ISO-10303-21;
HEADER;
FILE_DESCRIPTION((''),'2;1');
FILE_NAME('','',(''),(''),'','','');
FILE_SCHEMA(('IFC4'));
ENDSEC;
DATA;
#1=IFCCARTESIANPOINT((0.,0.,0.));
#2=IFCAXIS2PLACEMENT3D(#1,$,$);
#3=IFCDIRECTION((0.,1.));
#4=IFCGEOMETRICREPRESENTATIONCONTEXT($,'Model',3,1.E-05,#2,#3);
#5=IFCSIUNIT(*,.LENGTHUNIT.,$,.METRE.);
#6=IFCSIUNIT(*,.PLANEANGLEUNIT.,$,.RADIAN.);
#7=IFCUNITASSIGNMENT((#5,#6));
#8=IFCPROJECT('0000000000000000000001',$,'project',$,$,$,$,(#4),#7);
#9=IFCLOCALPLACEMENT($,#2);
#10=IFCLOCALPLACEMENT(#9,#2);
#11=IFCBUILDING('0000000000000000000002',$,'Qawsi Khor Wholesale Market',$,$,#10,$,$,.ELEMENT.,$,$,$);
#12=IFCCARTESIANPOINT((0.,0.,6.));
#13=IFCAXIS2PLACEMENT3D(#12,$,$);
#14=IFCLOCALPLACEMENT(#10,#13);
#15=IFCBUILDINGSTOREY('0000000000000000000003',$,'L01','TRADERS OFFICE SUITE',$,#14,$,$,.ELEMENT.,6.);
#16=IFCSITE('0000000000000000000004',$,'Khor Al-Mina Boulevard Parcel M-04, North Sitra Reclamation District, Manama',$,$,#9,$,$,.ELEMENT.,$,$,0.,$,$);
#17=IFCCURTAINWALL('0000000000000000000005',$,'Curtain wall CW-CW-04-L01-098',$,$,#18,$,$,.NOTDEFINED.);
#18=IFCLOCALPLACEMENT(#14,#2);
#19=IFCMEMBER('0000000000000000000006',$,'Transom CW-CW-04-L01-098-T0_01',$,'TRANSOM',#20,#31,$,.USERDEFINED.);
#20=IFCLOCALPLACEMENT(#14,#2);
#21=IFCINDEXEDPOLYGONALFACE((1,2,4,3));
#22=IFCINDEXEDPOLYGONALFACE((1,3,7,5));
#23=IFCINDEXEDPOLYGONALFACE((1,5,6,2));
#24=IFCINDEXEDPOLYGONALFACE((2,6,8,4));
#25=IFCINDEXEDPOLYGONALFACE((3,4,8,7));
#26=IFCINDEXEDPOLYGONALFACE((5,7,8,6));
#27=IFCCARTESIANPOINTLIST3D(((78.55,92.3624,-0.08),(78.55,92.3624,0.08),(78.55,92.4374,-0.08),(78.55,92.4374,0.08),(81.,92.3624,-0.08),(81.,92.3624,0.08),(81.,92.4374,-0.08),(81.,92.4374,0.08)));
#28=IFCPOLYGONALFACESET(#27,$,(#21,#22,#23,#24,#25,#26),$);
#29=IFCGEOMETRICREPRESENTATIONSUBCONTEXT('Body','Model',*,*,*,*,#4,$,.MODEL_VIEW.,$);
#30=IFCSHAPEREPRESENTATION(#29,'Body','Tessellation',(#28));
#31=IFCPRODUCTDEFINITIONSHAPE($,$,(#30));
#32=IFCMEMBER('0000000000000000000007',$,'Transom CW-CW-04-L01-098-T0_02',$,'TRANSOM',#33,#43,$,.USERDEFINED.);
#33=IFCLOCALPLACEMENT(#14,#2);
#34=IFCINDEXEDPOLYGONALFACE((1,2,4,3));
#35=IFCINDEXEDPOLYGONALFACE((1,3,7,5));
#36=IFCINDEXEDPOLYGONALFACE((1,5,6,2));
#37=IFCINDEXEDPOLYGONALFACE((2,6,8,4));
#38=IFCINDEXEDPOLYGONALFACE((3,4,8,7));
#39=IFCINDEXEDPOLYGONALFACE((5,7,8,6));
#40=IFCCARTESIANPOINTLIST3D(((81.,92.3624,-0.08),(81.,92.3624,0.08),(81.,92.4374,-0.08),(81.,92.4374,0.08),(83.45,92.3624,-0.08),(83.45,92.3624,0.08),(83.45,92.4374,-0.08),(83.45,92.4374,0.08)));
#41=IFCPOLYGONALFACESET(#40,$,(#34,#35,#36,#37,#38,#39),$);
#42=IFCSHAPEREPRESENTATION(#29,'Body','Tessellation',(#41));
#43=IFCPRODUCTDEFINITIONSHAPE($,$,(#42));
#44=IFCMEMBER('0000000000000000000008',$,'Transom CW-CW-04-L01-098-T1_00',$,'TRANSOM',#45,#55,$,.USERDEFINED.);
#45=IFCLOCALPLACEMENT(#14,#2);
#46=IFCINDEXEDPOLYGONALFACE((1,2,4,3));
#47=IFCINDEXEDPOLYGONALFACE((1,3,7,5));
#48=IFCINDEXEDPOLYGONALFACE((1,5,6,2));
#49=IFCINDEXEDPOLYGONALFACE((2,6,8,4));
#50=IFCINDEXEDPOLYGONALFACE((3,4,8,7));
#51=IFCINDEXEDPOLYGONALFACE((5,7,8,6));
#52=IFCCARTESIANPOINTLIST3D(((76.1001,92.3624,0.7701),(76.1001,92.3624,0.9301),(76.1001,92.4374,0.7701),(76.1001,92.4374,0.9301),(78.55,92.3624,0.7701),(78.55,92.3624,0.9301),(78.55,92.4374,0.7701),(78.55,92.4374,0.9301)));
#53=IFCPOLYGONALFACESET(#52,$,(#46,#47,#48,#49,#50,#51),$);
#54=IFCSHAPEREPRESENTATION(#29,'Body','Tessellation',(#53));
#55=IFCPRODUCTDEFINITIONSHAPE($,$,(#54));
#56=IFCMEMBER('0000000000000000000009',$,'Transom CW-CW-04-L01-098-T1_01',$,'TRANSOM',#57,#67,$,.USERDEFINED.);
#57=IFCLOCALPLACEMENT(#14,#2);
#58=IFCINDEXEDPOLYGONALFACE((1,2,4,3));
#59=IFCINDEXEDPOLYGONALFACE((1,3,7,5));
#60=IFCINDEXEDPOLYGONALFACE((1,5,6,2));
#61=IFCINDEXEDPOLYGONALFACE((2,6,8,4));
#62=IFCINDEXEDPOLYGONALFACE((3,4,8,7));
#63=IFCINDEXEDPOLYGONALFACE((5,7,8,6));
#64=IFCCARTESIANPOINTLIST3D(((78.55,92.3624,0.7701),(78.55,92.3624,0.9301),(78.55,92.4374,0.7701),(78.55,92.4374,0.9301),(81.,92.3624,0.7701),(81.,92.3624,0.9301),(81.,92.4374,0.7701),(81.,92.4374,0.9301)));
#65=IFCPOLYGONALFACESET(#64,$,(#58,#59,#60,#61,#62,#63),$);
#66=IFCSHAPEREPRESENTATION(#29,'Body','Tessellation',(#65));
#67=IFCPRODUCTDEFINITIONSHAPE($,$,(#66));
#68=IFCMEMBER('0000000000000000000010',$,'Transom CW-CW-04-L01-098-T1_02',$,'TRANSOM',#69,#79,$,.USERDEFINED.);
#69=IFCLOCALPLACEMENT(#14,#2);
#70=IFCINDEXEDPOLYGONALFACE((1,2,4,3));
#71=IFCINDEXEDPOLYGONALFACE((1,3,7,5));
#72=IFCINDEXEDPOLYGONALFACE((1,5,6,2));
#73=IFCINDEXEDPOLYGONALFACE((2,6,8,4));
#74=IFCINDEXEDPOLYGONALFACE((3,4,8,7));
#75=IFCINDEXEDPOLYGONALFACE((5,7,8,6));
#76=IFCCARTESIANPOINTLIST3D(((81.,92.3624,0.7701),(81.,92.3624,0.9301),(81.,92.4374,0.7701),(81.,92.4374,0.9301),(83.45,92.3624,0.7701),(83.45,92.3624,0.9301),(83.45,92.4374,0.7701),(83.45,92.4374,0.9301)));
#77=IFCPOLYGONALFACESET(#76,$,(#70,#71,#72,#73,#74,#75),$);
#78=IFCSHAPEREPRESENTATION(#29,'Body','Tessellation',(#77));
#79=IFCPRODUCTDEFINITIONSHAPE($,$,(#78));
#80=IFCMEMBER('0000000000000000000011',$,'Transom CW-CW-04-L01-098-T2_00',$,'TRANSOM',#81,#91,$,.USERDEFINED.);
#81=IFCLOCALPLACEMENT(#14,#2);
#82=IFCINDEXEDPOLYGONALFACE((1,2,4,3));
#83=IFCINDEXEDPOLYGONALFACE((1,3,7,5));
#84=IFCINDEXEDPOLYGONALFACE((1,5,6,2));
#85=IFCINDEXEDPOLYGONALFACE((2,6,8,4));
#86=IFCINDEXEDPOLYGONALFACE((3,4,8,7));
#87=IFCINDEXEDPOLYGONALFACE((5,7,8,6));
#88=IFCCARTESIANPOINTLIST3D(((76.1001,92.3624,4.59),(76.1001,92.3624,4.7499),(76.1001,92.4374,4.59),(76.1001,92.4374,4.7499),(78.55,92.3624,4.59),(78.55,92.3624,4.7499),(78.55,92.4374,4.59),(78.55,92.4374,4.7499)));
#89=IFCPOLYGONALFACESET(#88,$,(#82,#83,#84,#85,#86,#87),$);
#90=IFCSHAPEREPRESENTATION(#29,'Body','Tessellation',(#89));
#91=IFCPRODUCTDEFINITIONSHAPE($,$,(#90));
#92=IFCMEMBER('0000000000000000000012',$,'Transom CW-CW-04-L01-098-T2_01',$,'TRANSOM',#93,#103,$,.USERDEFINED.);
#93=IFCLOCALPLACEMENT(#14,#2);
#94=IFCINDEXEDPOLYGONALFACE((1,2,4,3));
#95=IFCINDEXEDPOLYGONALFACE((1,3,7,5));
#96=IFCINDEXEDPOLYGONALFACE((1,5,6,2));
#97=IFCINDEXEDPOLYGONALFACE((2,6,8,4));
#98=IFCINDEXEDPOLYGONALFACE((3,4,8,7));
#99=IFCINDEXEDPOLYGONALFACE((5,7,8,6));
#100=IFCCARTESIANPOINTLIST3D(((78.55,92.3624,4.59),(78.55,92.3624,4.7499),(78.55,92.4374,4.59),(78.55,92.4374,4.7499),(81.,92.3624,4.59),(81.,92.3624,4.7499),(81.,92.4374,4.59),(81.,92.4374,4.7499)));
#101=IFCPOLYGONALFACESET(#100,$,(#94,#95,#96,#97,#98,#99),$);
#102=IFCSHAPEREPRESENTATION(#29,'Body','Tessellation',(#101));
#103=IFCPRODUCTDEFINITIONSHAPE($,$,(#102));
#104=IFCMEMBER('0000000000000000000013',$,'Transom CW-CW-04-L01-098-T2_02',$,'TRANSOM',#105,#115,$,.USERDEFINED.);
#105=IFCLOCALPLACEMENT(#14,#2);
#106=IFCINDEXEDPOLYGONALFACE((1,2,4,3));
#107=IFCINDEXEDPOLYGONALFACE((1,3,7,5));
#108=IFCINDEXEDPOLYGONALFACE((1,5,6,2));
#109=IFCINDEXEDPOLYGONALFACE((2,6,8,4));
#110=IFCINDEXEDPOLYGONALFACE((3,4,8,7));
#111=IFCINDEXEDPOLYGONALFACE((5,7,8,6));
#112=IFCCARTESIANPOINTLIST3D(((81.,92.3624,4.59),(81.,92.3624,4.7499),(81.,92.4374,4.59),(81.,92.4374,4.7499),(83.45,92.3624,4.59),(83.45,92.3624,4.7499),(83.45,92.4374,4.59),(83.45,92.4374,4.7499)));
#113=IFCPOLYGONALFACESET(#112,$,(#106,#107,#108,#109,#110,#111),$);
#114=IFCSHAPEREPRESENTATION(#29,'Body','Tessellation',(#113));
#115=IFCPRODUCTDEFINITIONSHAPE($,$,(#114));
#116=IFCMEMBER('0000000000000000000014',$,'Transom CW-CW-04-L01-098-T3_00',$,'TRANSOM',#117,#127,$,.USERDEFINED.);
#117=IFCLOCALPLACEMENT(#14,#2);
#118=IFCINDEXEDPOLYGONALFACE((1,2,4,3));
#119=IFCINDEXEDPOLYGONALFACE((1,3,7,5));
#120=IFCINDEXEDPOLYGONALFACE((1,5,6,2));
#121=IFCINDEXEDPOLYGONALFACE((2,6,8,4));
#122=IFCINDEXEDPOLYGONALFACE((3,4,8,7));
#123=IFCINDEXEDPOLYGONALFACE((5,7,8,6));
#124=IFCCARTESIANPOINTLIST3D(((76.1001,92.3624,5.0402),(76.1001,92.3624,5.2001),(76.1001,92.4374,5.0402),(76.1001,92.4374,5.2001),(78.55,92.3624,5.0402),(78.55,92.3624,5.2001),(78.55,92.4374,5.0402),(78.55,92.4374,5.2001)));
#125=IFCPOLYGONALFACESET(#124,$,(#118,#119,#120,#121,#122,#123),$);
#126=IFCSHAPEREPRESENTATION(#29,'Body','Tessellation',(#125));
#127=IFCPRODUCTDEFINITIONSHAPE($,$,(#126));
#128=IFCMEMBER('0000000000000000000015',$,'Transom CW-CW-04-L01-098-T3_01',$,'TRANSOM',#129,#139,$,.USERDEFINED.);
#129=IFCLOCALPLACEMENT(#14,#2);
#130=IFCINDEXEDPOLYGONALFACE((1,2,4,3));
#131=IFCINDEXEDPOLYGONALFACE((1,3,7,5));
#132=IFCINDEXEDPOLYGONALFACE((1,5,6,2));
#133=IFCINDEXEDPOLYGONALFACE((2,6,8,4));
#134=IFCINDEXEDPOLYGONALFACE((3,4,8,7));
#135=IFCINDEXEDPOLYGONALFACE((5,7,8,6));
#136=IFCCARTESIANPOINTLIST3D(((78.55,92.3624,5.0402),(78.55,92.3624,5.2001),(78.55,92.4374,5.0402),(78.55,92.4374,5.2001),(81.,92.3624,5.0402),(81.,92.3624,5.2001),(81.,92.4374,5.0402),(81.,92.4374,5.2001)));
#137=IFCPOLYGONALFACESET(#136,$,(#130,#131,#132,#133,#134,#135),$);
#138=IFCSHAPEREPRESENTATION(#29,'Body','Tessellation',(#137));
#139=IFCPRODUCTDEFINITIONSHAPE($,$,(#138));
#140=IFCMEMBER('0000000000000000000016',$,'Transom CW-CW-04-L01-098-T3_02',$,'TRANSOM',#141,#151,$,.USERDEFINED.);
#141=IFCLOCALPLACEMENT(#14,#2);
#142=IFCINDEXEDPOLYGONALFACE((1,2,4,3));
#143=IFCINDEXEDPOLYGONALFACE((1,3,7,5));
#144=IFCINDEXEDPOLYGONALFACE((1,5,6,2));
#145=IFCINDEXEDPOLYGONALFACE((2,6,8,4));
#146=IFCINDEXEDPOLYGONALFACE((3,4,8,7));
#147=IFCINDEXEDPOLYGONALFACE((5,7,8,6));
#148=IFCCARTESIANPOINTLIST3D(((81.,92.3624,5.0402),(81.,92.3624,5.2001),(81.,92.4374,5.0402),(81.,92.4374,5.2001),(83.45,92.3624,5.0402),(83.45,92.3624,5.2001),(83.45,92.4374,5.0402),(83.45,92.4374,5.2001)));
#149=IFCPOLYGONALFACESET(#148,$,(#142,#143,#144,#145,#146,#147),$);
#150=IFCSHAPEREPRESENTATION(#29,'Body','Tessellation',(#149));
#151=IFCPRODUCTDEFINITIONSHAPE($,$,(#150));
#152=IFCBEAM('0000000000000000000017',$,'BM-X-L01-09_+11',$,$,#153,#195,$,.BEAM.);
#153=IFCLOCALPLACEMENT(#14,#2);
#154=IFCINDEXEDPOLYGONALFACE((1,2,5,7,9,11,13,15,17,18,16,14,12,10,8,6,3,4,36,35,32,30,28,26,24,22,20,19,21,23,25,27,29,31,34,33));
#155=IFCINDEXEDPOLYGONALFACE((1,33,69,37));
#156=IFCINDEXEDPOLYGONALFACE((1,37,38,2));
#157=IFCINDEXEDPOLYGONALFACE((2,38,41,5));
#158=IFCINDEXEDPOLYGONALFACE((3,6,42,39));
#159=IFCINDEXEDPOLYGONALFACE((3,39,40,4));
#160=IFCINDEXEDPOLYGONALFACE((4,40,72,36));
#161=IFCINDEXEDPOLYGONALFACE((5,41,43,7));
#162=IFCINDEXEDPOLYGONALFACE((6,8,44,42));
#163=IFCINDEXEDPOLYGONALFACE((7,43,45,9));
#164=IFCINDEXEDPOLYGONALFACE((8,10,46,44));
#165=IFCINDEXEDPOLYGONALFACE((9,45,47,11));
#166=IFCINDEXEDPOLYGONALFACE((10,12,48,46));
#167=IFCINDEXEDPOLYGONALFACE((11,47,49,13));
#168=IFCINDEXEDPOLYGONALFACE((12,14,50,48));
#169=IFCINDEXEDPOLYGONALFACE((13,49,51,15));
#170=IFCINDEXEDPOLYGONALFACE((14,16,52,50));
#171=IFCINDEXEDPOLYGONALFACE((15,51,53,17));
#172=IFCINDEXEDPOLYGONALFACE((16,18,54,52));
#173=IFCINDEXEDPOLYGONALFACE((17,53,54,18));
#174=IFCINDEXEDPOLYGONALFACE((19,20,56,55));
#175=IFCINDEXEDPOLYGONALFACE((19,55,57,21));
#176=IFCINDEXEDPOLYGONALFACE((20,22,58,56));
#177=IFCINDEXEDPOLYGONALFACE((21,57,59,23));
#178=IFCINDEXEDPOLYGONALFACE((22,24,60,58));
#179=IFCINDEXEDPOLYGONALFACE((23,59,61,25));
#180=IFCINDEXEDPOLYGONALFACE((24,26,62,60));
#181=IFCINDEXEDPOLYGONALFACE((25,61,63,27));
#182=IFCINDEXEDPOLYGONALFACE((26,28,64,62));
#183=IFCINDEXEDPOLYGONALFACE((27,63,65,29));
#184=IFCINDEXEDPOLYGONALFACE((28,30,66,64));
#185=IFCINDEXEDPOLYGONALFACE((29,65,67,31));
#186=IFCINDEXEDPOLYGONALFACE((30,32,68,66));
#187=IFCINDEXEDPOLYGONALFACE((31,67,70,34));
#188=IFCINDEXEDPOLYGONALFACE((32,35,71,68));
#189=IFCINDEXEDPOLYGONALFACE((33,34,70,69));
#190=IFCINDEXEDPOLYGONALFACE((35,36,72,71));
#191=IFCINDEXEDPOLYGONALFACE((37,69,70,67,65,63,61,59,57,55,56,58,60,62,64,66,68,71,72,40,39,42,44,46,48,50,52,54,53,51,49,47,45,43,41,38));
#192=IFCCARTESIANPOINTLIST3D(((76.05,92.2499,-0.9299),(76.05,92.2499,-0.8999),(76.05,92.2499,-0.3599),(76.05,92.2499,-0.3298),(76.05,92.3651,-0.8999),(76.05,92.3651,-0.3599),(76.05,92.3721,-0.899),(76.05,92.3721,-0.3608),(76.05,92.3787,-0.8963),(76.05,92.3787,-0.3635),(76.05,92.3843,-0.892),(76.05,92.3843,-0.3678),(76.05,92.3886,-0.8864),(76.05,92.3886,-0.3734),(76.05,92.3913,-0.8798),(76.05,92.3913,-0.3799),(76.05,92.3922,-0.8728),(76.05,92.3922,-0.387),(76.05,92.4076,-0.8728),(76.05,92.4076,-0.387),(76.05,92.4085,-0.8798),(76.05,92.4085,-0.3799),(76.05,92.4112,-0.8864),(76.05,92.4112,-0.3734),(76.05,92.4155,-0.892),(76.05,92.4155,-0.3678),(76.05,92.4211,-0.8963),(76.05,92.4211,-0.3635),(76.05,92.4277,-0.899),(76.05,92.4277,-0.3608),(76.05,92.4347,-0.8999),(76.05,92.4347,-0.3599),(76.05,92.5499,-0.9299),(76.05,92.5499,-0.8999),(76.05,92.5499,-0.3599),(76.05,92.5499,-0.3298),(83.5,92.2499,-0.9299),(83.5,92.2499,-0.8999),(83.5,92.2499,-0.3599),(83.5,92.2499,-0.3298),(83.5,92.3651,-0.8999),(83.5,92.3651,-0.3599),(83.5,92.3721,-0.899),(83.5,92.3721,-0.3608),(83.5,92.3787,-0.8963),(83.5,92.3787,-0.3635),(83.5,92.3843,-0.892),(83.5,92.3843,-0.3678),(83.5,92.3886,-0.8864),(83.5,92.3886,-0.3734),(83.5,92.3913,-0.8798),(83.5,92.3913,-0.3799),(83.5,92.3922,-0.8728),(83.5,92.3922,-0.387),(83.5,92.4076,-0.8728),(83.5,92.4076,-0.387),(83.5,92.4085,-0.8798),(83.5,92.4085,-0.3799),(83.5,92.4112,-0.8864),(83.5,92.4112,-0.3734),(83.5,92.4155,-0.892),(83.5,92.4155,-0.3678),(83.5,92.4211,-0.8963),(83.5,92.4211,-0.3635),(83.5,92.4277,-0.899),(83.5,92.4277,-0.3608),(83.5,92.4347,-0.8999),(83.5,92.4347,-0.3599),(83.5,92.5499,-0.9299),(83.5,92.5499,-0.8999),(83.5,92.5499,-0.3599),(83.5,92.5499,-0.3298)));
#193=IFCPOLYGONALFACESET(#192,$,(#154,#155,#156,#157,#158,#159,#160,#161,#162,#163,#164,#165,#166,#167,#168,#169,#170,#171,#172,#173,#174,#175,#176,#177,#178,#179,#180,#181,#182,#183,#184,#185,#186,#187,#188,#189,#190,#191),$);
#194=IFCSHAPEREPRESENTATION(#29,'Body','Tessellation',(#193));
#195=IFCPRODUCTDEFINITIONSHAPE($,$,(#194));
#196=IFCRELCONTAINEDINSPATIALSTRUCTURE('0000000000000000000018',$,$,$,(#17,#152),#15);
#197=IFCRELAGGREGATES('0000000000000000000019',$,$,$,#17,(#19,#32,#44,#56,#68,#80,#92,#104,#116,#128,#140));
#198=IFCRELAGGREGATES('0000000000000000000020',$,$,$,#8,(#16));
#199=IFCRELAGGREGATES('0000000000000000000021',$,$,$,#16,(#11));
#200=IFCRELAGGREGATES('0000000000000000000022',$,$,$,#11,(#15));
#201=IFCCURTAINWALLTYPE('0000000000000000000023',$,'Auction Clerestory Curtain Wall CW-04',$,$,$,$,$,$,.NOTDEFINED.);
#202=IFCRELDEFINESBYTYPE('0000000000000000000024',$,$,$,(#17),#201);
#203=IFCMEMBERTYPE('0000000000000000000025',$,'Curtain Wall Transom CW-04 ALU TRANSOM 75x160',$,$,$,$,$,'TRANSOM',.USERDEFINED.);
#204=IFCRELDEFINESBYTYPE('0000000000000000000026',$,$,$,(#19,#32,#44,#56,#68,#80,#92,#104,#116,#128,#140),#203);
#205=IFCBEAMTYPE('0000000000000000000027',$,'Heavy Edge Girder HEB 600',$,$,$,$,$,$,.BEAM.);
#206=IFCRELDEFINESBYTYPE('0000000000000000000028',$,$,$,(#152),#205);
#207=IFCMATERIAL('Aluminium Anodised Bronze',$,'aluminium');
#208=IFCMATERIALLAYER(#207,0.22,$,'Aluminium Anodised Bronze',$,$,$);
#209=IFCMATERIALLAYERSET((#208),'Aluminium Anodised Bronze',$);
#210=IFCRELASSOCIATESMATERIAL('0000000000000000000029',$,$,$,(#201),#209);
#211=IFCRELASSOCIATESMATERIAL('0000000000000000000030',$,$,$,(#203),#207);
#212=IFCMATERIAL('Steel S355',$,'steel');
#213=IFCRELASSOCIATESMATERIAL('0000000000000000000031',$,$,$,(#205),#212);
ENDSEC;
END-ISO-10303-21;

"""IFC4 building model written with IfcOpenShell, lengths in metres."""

from ifc_helpers import new_model, si_unit, direction, frame, origin, origin_2d, place, context, subcontext, project, spatial, rectangle, i_section, extrude, material, layer, layer_set, material_profile, profile_set, type_object, element, aggregate, save


model = new_model("IFC4")

# Units and contexts
model_context = context("Model", 3, precision=1e-05, world=origin(), true_north=direction((0.0, 1.0)))
body_context = subcontext(model_context, "Body", "Model", "MODEL_VIEW")
ifc_project = project(units=[si_unit("LENGTHUNIT", "METRE"), si_unit("PLANEANGLEUNIT", "RADIAN")], contexts=[model_context])

# Site, building, storey
site_placement = place(None, origin())
site = spatial("IfcSite", under=ifc_project, at=site_placement, Name="Khor Al-Mina Boulevard Parcel M-04, North Sitra Reclamation District, Manama", CompositionType="ELEMENT", RefElevation=0.0)
building_placement = place(site_placement, origin())
building = spatial("IfcBuilding", under=site, at=building_placement, Name="Qawsi Khor Wholesale Market", CompositionType="ELEMENT")
storey_placement = place(building_placement, frame((0.0, 0.0, 6.0)))
storey = spatial("IfcBuildingStorey", under=building, at=storey_placement, Name="L01", Description="TRADERS OFFICE SUITE", CompositionType="ELEMENT", Elevation=6.0)

# Curtain wall
ifc_material_1 = material(Name="Aluminium Anodised Bronze", Category="aluminium")
ifc_layer_1 = layer(ifc_material_1, 0.22, Name="Aluminium Anodised Bronze")
ifc_layer_set_1 = layer_set([ifc_layer_1], Name="Aluminium Anodised Bronze")
curtain_wall_type_1 = type_object("IfcCurtainWallType", Name="Auction Clerestory Curtain Wall CW-04", PredefinedType="NOTDEFINED", material=ifc_layer_set_1)
curtain_wall_1_placement = place(storey_placement, origin())
curtain_wall_1 = element("IfcCurtainWall", 1, at=curtain_wall_1_placement, inside=storey, type_object=curtain_wall_type_1, Name="Curtain wall CW-CW-04-L01-098", PredefinedType="NOTDEFINED")

# Members
ifc_material_profile_1 = material_profile(ifc_material_1, rectangle(XDim=0.075, YDim=0.1599, at=origin_2d()), Name="ALU TRANSOM 75x160")
ifc_profile_set_1 = profile_set([ifc_material_profile_1], Name="Aluminium Anodised Bronze")
member_type_1 = type_object("IfcMemberType", Name="Curtain Wall Transom CW-04 ALU TRANSOM 75x160", ElementType="TRANSOM", PredefinedType="USERDEFINED", material=ifc_profile_set_1)
member_1_placement = place(storey_placement, frame((78.55, 92.3999, 0.0), z_axis=(1.0, 0.0, 0.0), x_axis=(0.0, 1.0, 0.0)))
member_1 = element("IfcMember", 2, at=member_1_placement, type_object=member_type_1, Name="Transom CW-CW-04-L01-098-T0_01", ObjectType="TRANSOM", PredefinedType="USERDEFINED", context=body_context, shape_type="SweptSolid", body=[
    extrude(rectangle(XDim=0.075, YDim=0.1599, at=origin_2d()), origin(), (0.0, 0.0, 1.0), 2.45),
])
member_2_placement = place(storey_placement, frame((81.0, 92.3999, 0.0), z_axis=(1.0, 0.0, 0.0), x_axis=(0.0, 1.0, 0.0)))
member_2 = element("IfcMember", 3, at=member_2_placement, type_object=member_type_1, Name="Transom CW-CW-04-L01-098-T0_02", ObjectType="TRANSOM", PredefinedType="USERDEFINED", context=body_context, shape_type="SweptSolid", body=[
    extrude(rectangle(XDim=0.075, YDim=0.1599, at=origin_2d()), origin(), (0.0, 0.0, 1.0), 2.45),
])
member_3_placement = place(storey_placement, frame((76.1001, 92.3999, 0.8501), z_axis=(1.0, 0.0, 0.0), x_axis=(0.0, 1.0, 0.0)))
member_3 = element("IfcMember", 4, at=member_3_placement, type_object=member_type_1, Name="Transom CW-CW-04-L01-098-T1_00", ObjectType="TRANSOM", PredefinedType="USERDEFINED", context=body_context, shape_type="SweptSolid", body=[
    extrude(rectangle(XDim=0.075, YDim=0.1599, at=origin_2d()), origin(), (0.0, 0.0, 1.0), 2.45),
])
member_4_placement = place(storey_placement, frame((78.55, 92.3999, 0.8501), z_axis=(1.0, 0.0, 0.0), x_axis=(0.0, 1.0, 0.0)))
member_4 = element("IfcMember", 5, at=member_4_placement, type_object=member_type_1, Name="Transom CW-CW-04-L01-098-T1_01", ObjectType="TRANSOM", PredefinedType="USERDEFINED", context=body_context, shape_type="SweptSolid", body=[
    extrude(rectangle(XDim=0.075, YDim=0.1599, at=origin_2d()), origin(), (0.0, 0.0, 1.0), 2.45),
])
member_5_placement = place(storey_placement, frame((81.0, 92.3999, 0.8501), z_axis=(1.0, 0.0, 0.0), x_axis=(0.0, 1.0, 0.0)))
member_5 = element("IfcMember", 6, at=member_5_placement, type_object=member_type_1, Name="Transom CW-CW-04-L01-098-T1_02", ObjectType="TRANSOM", PredefinedType="USERDEFINED", context=body_context, shape_type="SweptSolid", body=[
    extrude(rectangle(XDim=0.075, YDim=0.1599, at=origin_2d()), origin(), (0.0, 0.0, 1.0), 2.45),
])
member_6_placement = place(storey_placement, frame((76.1001, 92.3999, 4.6699), z_axis=(1.0, 0.0, 0.0), x_axis=(0.0, 1.0, 0.0)))
member_6 = element("IfcMember", 7, at=member_6_placement, type_object=member_type_1, Name="Transom CW-CW-04-L01-098-T2_00", ObjectType="TRANSOM", PredefinedType="USERDEFINED", context=body_context, shape_type="SweptSolid", body=[
    extrude(rectangle(XDim=0.075, YDim=0.1599, at=origin_2d()), origin(), (0.0, 0.0, 1.0), 2.45),
])
member_7_placement = place(storey_placement, frame((78.55, 92.3999, 4.6699), z_axis=(1.0, 0.0, 0.0), x_axis=(0.0, 1.0, 0.0)))
member_7 = element("IfcMember", 8, at=member_7_placement, type_object=member_type_1, Name="Transom CW-CW-04-L01-098-T2_01", ObjectType="TRANSOM", PredefinedType="USERDEFINED", context=body_context, shape_type="SweptSolid", body=[
    extrude(rectangle(XDim=0.075, YDim=0.1599, at=origin_2d()), origin(), (0.0, 0.0, 1.0), 2.45),
])
member_8_placement = place(storey_placement, frame((81.0, 92.3999, 4.6699), z_axis=(1.0, 0.0, 0.0), x_axis=(0.0, 1.0, 0.0)))
member_8 = element("IfcMember", 9, at=member_8_placement, type_object=member_type_1, Name="Transom CW-CW-04-L01-098-T2_02", ObjectType="TRANSOM", PredefinedType="USERDEFINED", context=body_context, shape_type="SweptSolid", body=[
    extrude(rectangle(XDim=0.075, YDim=0.1599, at=origin_2d()), origin(), (0.0, 0.0, 1.0), 2.45),
])
member_9_placement = place(storey_placement, frame((76.1001, 92.3999, 5.1201), z_axis=(1.0, 0.0, 0.0), x_axis=(0.0, 1.0, 0.0)))
member_9 = element("IfcMember", 10, at=member_9_placement, type_object=member_type_1, Name="Transom CW-CW-04-L01-098-T3_00", ObjectType="TRANSOM", PredefinedType="USERDEFINED", context=body_context, shape_type="SweptSolid", body=[
    extrude(rectangle(XDim=0.075, YDim=0.1599, at=origin_2d()), origin(), (0.0, 0.0, 1.0), 2.45),
])
member_10_placement = place(storey_placement, frame((78.55, 92.3999, 5.1201), z_axis=(1.0, 0.0, 0.0), x_axis=(0.0, 1.0, 0.0)))
member_10 = element("IfcMember", 11, at=member_10_placement, type_object=member_type_1, Name="Transom CW-CW-04-L01-098-T3_01", ObjectType="TRANSOM", PredefinedType="USERDEFINED", context=body_context, shape_type="SweptSolid", body=[
    extrude(rectangle(XDim=0.075, YDim=0.1599, at=origin_2d()), origin(), (0.0, 0.0, 1.0), 2.45),
])
member_11_placement = place(storey_placement, frame((81.0, 92.3999, 5.1201), z_axis=(1.0, 0.0, 0.0), x_axis=(0.0, 1.0, 0.0)))
member_11 = element("IfcMember", 12, at=member_11_placement, type_object=member_type_1, Name="Transom CW-CW-04-L01-098-T3_02", ObjectType="TRANSOM", PredefinedType="USERDEFINED", context=body_context, shape_type="SweptSolid", body=[
    extrude(rectangle(XDim=0.075, YDim=0.1599, at=origin_2d()), origin(), (0.0, 0.0, 1.0), 2.45),
])

# Beam
ifc_material_2 = material(Name="Steel S355", Category="steel")
ifc_material_profile_2 = material_profile(ifc_material_2, i_section(OverallWidth=0.3, OverallDepth=0.6001, WebThickness=0.0154, FlangeThickness=0.03, FilletRadius=0.0271, at=origin_2d()), Name="HEB 600")
ifc_profile_set_2 = profile_set([ifc_material_profile_2], Name="Steel S355")
beam_type = type_object("IfcBeamType", Name="Heavy Edge Girder HEB 600", PredefinedType="BEAM", material=ifc_profile_set_2)
beam_placement = place(storey_placement, frame((76.05, 92.3999, -0.6299), z_axis=(1.0, 0.0, 0.0), x_axis=(0.0, 1.0, 0.0)))
element("IfcBeam", 13, at=beam_placement, inside=storey, type_object=beam_type, Name="BM-X-L01-09_+11", PredefinedType="BEAM", context=body_context, shape_type="SweptSolid", body=[
    extrude(i_section(OverallWidth=0.3, OverallDepth=0.6001, WebThickness=0.0154, FlangeThickness=0.03, FilletRadius=0.0271, at=origin_2d()), origin(), (0.0, 0.0, 1.0), 7.45),
])

aggregate(curtain_wall_1, [member_1, member_2, member_3, member_4, member_5, member_6, member_7, member_8, member_9, member_10, member_11])

save(model, "model.ifc")
